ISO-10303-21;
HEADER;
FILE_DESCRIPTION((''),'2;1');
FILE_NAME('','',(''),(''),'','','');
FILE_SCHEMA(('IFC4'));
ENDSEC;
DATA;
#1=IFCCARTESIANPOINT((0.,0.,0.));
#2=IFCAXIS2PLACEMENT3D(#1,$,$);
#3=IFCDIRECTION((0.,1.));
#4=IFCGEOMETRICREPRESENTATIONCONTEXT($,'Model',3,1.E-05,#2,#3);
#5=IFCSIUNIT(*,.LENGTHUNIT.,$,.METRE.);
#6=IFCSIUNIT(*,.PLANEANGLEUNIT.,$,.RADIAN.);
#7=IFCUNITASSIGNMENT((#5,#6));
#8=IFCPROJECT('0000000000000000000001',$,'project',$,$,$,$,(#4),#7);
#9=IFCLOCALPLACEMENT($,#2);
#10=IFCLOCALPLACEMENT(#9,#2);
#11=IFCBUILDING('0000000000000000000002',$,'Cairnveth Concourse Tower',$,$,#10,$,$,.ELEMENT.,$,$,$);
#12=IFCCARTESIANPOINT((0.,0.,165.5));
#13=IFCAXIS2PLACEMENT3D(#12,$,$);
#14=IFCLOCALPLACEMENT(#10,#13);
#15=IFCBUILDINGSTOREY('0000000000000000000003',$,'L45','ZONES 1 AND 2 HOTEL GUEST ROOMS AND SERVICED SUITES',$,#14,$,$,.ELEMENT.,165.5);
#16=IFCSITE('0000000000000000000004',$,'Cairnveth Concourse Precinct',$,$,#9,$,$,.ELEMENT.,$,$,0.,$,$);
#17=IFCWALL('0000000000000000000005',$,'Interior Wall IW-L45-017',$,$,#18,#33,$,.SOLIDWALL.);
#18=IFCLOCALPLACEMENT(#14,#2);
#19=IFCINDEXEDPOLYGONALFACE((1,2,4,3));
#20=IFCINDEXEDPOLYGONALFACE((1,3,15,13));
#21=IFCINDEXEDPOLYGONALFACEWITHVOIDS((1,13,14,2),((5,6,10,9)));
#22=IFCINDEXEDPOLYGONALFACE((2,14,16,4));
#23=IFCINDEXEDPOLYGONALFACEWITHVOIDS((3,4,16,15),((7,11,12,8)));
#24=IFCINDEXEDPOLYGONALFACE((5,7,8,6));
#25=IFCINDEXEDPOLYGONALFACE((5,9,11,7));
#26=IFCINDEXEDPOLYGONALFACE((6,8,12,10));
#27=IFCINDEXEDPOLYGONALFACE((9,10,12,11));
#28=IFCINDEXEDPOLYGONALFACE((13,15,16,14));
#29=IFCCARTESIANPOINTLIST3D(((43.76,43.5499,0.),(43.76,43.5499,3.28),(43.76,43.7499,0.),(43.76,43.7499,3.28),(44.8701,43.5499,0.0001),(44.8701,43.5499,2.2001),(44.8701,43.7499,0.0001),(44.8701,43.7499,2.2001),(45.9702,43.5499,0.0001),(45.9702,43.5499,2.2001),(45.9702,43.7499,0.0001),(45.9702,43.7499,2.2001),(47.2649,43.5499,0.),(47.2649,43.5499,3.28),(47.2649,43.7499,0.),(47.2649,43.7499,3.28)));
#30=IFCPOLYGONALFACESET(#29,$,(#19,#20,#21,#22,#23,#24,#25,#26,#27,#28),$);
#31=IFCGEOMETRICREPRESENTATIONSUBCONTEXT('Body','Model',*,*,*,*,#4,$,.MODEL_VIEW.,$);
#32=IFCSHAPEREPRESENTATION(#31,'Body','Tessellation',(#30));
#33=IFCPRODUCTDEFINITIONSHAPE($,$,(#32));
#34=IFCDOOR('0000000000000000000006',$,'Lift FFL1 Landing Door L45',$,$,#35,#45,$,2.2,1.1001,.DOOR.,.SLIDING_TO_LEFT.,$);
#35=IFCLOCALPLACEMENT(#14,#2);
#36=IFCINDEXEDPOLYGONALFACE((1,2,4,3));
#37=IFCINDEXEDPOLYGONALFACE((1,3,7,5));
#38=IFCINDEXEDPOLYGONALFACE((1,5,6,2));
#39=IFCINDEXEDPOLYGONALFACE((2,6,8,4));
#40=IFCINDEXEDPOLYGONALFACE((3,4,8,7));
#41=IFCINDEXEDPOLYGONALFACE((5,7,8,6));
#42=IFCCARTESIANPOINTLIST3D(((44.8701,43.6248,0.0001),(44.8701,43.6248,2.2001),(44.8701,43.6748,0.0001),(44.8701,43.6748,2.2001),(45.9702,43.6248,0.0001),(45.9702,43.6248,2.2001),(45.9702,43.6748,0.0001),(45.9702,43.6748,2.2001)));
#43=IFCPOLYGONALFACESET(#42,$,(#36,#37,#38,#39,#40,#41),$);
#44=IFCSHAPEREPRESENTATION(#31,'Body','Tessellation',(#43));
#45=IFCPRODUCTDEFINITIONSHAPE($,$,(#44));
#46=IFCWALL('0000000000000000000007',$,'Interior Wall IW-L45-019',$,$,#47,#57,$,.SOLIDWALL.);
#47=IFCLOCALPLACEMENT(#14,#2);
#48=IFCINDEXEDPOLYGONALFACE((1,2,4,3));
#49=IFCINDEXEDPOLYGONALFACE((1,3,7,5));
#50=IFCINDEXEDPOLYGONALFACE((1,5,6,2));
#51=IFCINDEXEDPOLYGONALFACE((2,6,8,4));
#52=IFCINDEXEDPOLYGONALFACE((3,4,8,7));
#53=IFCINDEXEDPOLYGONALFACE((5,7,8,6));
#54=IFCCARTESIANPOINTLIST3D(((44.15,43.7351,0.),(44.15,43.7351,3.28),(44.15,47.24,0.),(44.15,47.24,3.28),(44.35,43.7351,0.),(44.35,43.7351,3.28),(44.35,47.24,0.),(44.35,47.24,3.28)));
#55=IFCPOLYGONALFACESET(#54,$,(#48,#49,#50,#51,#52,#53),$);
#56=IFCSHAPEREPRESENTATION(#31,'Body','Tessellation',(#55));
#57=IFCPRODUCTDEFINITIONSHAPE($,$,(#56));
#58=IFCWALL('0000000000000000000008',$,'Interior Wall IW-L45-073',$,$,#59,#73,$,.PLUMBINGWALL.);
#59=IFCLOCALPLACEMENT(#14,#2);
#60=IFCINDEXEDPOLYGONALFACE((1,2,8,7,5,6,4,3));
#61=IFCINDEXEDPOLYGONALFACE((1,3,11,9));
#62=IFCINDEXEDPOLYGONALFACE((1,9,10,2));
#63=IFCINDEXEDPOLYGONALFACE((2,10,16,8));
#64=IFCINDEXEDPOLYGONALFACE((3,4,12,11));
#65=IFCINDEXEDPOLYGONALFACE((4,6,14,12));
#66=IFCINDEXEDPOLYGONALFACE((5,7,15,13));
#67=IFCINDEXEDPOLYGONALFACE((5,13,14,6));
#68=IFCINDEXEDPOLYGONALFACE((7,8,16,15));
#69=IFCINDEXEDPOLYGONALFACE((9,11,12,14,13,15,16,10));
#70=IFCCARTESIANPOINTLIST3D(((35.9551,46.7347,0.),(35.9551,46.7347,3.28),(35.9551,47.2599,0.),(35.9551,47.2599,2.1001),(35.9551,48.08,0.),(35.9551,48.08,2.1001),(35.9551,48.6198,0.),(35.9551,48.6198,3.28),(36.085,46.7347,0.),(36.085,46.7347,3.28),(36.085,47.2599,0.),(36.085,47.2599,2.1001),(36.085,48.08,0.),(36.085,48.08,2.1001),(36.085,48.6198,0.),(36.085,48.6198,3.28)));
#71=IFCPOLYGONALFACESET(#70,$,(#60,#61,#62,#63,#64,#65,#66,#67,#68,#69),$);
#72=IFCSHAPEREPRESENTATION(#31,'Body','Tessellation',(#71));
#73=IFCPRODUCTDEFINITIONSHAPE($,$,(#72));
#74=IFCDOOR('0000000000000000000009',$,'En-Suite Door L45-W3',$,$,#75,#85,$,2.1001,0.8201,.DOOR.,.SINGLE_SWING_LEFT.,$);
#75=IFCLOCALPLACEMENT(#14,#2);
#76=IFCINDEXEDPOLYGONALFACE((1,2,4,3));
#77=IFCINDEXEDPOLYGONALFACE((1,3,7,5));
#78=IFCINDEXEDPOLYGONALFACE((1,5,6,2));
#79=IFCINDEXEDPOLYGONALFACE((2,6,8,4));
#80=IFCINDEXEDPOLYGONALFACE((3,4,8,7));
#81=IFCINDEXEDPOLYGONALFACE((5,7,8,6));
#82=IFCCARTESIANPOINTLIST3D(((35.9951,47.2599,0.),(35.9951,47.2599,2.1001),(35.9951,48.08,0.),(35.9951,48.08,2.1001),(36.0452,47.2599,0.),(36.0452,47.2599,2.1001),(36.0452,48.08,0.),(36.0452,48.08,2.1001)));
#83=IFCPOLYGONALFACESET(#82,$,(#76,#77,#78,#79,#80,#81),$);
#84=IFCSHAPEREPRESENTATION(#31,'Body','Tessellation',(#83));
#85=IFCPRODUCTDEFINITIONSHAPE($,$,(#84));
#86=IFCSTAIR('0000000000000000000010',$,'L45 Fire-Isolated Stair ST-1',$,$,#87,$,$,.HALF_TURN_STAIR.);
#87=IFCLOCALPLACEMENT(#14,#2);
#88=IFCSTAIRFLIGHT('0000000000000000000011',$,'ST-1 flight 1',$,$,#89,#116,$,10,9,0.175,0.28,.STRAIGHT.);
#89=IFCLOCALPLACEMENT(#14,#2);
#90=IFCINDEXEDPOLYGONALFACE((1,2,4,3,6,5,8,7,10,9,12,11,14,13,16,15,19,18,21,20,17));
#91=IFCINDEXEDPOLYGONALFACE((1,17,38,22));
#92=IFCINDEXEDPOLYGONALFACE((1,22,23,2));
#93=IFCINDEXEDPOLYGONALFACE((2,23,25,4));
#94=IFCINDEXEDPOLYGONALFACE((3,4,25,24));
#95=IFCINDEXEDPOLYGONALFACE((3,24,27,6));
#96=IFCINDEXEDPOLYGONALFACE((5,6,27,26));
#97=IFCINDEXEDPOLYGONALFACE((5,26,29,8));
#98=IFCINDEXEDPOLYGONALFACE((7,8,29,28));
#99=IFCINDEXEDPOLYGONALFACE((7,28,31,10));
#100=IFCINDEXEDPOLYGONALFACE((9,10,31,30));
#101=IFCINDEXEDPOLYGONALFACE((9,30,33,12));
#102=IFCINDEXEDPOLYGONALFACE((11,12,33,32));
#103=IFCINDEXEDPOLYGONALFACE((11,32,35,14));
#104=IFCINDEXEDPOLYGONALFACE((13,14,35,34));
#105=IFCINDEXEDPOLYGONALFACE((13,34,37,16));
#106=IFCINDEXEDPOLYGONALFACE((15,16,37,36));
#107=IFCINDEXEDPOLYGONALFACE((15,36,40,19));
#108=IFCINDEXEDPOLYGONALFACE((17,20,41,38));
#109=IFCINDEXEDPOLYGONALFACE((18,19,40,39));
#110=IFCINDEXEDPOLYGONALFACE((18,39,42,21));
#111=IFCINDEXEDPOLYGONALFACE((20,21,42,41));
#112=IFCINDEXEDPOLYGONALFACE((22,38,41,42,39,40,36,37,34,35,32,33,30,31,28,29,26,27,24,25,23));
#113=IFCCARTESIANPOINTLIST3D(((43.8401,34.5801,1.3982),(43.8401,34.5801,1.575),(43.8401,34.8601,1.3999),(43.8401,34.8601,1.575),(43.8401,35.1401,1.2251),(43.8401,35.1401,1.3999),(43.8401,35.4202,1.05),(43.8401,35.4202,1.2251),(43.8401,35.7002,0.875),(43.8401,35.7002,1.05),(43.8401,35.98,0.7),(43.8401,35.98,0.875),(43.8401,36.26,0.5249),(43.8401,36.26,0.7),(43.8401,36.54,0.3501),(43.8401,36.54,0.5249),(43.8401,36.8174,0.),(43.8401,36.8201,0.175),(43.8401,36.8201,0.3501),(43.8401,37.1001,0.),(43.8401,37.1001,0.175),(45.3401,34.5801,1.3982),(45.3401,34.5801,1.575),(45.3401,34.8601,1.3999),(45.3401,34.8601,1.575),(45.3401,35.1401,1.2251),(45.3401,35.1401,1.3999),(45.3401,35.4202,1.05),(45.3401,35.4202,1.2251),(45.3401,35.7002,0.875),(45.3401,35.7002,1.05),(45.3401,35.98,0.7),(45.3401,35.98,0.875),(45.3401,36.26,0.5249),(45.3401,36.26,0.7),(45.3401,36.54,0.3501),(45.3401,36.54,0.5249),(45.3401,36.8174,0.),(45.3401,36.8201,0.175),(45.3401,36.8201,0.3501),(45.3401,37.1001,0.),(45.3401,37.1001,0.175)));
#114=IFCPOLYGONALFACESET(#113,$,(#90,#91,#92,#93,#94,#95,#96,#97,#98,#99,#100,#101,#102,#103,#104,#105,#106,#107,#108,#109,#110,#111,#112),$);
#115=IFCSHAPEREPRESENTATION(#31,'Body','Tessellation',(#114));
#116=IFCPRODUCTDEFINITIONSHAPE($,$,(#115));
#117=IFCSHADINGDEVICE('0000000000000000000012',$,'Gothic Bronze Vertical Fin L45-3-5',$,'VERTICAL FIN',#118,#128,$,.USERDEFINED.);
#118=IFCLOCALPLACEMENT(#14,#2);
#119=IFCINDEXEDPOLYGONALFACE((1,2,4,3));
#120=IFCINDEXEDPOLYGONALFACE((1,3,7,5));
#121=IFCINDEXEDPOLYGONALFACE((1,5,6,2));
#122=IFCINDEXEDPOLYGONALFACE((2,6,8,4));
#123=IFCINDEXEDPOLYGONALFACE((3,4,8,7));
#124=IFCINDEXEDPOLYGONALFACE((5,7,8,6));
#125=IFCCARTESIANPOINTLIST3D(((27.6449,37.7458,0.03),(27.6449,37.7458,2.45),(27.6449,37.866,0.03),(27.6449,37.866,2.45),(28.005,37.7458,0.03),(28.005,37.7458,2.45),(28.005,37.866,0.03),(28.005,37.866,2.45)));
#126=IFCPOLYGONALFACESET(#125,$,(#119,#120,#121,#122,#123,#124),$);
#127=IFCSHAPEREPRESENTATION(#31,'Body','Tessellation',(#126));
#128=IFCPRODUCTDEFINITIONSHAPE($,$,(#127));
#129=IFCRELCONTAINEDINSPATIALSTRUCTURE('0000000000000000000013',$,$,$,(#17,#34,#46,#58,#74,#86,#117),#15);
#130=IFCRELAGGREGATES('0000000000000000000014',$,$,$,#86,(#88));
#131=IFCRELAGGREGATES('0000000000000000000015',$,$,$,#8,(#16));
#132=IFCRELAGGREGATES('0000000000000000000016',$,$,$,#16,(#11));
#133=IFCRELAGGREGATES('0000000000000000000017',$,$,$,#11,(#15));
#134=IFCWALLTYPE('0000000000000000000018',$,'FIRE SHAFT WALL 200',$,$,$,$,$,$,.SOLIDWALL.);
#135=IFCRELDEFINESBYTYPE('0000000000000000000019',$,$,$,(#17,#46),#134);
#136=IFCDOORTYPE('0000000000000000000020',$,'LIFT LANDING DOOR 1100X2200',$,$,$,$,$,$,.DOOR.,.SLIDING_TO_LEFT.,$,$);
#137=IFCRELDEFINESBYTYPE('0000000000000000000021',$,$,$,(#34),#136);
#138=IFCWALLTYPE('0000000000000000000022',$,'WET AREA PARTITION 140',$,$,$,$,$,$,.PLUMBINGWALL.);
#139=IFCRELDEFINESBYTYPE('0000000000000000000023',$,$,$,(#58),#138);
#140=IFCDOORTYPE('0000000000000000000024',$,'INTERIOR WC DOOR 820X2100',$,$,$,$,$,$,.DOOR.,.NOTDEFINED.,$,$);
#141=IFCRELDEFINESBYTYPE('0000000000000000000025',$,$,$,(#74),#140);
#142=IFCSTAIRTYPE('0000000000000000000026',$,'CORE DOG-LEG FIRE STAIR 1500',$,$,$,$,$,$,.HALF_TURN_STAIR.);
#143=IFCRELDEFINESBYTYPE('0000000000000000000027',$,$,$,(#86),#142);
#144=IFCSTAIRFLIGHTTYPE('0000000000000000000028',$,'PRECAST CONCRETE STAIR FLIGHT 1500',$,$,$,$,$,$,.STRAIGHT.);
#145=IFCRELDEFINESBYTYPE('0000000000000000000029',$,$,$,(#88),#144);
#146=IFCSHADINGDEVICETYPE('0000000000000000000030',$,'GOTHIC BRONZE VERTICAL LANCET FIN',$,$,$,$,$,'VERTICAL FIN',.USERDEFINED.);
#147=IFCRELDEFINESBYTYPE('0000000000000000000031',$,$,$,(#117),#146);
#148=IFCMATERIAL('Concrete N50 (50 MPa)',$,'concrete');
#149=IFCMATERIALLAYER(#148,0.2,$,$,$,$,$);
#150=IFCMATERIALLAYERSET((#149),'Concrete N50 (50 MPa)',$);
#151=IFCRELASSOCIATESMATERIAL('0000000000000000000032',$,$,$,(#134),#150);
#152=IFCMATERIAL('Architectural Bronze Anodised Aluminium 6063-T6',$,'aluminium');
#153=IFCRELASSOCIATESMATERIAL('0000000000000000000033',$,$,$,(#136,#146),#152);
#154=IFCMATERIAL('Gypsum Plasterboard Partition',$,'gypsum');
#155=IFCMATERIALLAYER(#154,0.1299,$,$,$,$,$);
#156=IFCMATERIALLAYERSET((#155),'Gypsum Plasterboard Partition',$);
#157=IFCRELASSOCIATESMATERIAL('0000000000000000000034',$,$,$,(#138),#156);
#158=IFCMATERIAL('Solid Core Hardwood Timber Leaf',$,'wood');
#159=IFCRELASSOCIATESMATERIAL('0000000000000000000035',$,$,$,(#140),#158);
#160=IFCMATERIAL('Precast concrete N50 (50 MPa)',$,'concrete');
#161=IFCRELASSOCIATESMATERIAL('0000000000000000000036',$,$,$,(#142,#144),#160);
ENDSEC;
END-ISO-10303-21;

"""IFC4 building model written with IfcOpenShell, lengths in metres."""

from ifc_helpers import new_model, si_unit, direction, frame, frame_2d, origin, origin_2d, place, context, subcontext, project, spatial, polyline, rectangle, outline, extrude, material, layer, layer_set, type_object, element, fill, aggregate, save


model = new_model("IFC4")

# Units and contexts
model_context = context("Model", 3, precision=1e-05, world=origin(), true_north=direction((0.0, 1.0)))
body_context = subcontext(model_context, "Body", "Model", "MODEL_VIEW")
ifc_project = project(units=[si_unit("LENGTHUNIT", "METRE"), si_unit("PLANEANGLEUNIT", "RADIAN")], contexts=[model_context])

# Site, building, storey
site_placement = place(None, origin())
site = spatial("IfcSite", under=ifc_project, at=site_placement, Name="Cairnveth Concourse Precinct", CompositionType="ELEMENT", RefElevation=0.0)
building_placement = place(site_placement, origin())
building = spatial("IfcBuilding", under=site, at=building_placement, Name="Cairnveth Concourse Tower", CompositionType="ELEMENT")
storey_placement = place(building_placement, frame((0.0, 0.0, 165.5)))
storey = spatial("IfcBuildingStorey", under=building, at=storey_placement, Name="L45", Description="ZONES 1 AND 2 HOTEL GUEST ROOMS AND SERVICED SUITES", CompositionType="ELEMENT", Elevation=165.5)

# Shared definitions
ifc_material_1 = material(Name="Gypsum Plasterboard Partition", Category="gypsum")

# Wall, opening, door
ifc_material_2 = material(Name="Concrete N50 (50 MPa)", Category="concrete")
ifc_layer_1 = layer(ifc_material_2, 0.2)
ifc_layer_set_1 = layer_set([ifc_layer_1], Name="Concrete N50 (50 MPa)")
wall_type_1 = type_object("IfcWallType", Name="FIRE SHAFT WALL 200", PredefinedType="SOLIDWALL", material=ifc_layer_set_1)
wall_1_placement = place(storey_placement, frame((43.76, 43.6499, 0.0), z_axis=(0.0, 0.0, 1.0), x_axis=(1.0, 0.0, 0.0)))
wall_1 = element("IfcWall", 1, at=wall_1_placement, inside=storey, type_object=wall_type_1, Name="Interior Wall IW-L45-017", PredefinedType="SOLIDWALL", context=body_context, shape_type="SweptSolid", body=[
    extrude(rectangle(XDim=3.5049, YDim=0.2, at=frame_2d((1.7524, 0.0))), origin(), (0.0, 0.0, 1.0), 3.28),
])
opening_1_placement = place(wall_1_placement, frame((1.1101, 0.0, 0.0)))
opening_1 = element("IfcOpeningElement", 2, at=opening_1_placement, cuts=wall_1, PredefinedType="OPENING", context=body_context, shape_type="SweptSolid", body=[
    extrude(rectangle(XDim=1.1001, YDim=2.2, at=frame_2d((0.55, 1.1001))), frame((0.0, 0.1099, 0.0), z_axis=(0.0, -1.0, 0.0), x_axis=(1.0, 0.0, 0.0)), (0.0, 0.0, 1.0), 0.22),
])
ifc_material_3 = material(Name="Architectural Bronze Anodised Aluminium 6063-T6", Category="aluminium")
door_type_1 = type_object("IfcDoorType", Name="LIFT LANDING DOOR 1100X2200", OperationType="SLIDING_TO_LEFT", PredefinedType="DOOR", material=ifc_material_3)
door_1_placement = place(opening_1_placement, origin())
door_1 = element("IfcDoor", 3, at=door_1_placement, inside=storey, type_object=door_type_1, Name="Lift FFL1 Landing Door L45", OperationType="SLIDING_TO_LEFT", OverallHeight=2.2, OverallWidth=1.1001, PredefinedType="DOOR", context=body_context, shape_type="SweptSolid", body=[
    extrude(rectangle(XDim=1.1001, YDim=2.2, at=frame_2d((0.55, 1.1001))), frame((0.0, 0.0249, 0.0), z_axis=(0.0, -1.0, 0.0), x_axis=(1.0, 0.0, 0.0)), (0.0, 0.0, 1.0), 0.05),
])
fill(opening_1, door_1)

# Wall
wall_2_placement = place(storey_placement, frame((44.25, 43.7351, 0.0), z_axis=(0.0, 0.0, 1.0), x_axis=(0.0, 1.0, 0.0)))
element("IfcWall", 4, at=wall_2_placement, inside=storey, type_object=wall_type_1, Name="Interior Wall IW-L45-019", PredefinedType="SOLIDWALL", context=body_context, shape_type="SweptSolid", body=[
    extrude(rectangle(XDim=3.5049, YDim=0.2, at=frame_2d((1.7524, 0.0))), origin(), (0.0, 0.0, 1.0), 3.28),
])

# Wall, opening, door
ifc_layer_2 = layer(ifc_material_1, 0.1299)
ifc_layer_set_2 = layer_set([ifc_layer_2], Name="Gypsum Plasterboard Partition")
wall_type_2 = type_object("IfcWallType", Name="WET AREA PARTITION 140", PredefinedType="PLUMBINGWALL", material=ifc_layer_set_2)
wall_3_placement = place(storey_placement, frame((36.02, 46.7349, 0.0), z_axis=(0.0, 0.0, 1.0), x_axis=(0.0, 1.0, 0.0)))
wall_3 = element("IfcWall", 5, at=wall_3_placement, inside=storey, type_object=wall_type_2, Name="Interior Wall IW-L45-073", PredefinedType="PLUMBINGWALL", context=body_context, shape_type="SweptSolid", body=[
    extrude(rectangle(XDim=1.885, YDim=0.1299, at=frame_2d((0.9424, 0.0))), origin(), (0.0, 0.0, 1.0), 3.28),
])
opening_2_placement = place(wall_3_placement, frame((0.5249, 0.0, 0.0)))
opening_2 = element("IfcOpeningElement", 6, at=opening_2_placement, cuts=wall_3, PredefinedType="OPENING", context=body_context, shape_type="SweptSolid", body=[
    extrude(rectangle(XDim=0.8201, YDim=2.1001, at=frame_2d((0.4102, 1.05))), frame((0.0, 0.075, 0.0), z_axis=(0.0, -1.0, 0.0), x_axis=(1.0, 0.0, 0.0)), (0.0, 0.0, 1.0), 0.1499),
])
ifc_material_4 = material(Name="Solid Core Hardwood Timber Leaf", Category="wood")
door_type_2 = type_object("IfcDoorType", Name="INTERIOR WC DOOR 820X2100", OperationType="NOTDEFINED", PredefinedType="DOOR", material=ifc_material_4)
door_2_placement = place(opening_2_placement, origin())
door_2 = element("IfcDoor", 7, at=door_2_placement, inside=storey, type_object=door_type_2, Name="En-Suite Door L45-W3", OperationType="SINGLE_SWING_LEFT", OverallHeight=2.1001, OverallWidth=0.8201, PredefinedType="DOOR", context=body_context, shape_type="SweptSolid", body=[
    extrude(rectangle(XDim=0.8201, YDim=2.1001, at=frame_2d((0.4102, 1.05))), frame((0.0, 0.0249, 0.0), z_axis=(0.0, -1.0, 0.0), x_axis=(1.0, 0.0, 0.0)), (0.0, 0.0, 1.0), 0.05),
])
fill(opening_2, door_2)

# Stair, stair flight
ifc_material_5 = material(Name="Precast concrete N50 (50 MPa)", Category="concrete")
stair_type = type_object("IfcStairType", Name="CORE DOG-LEG FIRE STAIR 1500", PredefinedType="HALF_TURN_STAIR", material=ifc_material_5)
stair_placement = place(storey_placement, origin())
stair = element("IfcStair", 8, at=stair_placement, inside=storey, type_object=stair_type, Name="L45 Fire-Isolated Stair ST-1", PredefinedType="HALF_TURN_STAIR")
stair_flight_type = type_object("IfcStairFlightType", Name="PRECAST CONCRETE STAIR FLIGHT 1500", PredefinedType="STRAIGHT", material=ifc_material_5)
stair_flight_placement = place(storey_placement, frame((44.5901, 37.1001, 0.0), z_axis=(0.0, 0.0, 1.0), x_axis=(0.0, -1.0, 0.0)))
stair_flight = element("IfcStairFlight", 9, at=stair_flight_placement, type_object=stair_flight_type, Name="ST-1 flight 1", NumberOfRisers=10, NumberOfTreads=9, PredefinedType="STRAIGHT", RiserHeight=0.175, TreadLength=0.28, context=body_context, shape_type="SweptSolid", body=[
    extrude(outline(polyline([(0.0, 0.0), (0.0, 0.175), (0.28, 0.175), (0.28, 0.3501), (0.5601, 0.3501), (0.5601, 0.5249), (0.8401, 0.5249), (0.8401, 0.7), (1.1201, 0.7), (1.1201, 0.875), (1.3999, 0.875), (1.3999, 1.05), (1.6799, 1.05), (1.6799, 1.2251), (1.96, 1.2251), (1.96, 1.3999), (2.24, 1.3999), (2.24, 1.575), (2.52, 1.575), (2.52, 1.75), (2.52, 1.3982), (0.2827, 0.0), (0.0, 0.0)])), frame((0.0, 0.75, 0.0), z_axis=(0.0, -1.0, 0.0), x_axis=(1.0, 0.0, 0.0)), (0.0, 0.0, 1.0), 1.5),
])
aggregate(stair, [stair_flight])

# Shading device
shading_device_type = type_object("IfcShadingDeviceType", Name="GOTHIC BRONZE VERTICAL LANCET FIN", ElementType="VERTICAL FIN", PredefinedType="USERDEFINED", material=ifc_material_3)
shading_device_placement = place(storey_placement, frame((27.825, 37.8059, 0.03), z_axis=(0.0, 0.0, 1.0), x_axis=(0.0, 1.0, 0.0)))
element("IfcShadingDevice", 10, at=shading_device_placement, inside=storey, type_object=shading_device_type, Name="Gothic Bronze Vertical Fin L45-3-5", ObjectType="VERTICAL FIN", PredefinedType="USERDEFINED", context=body_context, shape_type="SweptSolid", body=[
    extrude(rectangle(XDim=0.1201, YDim=0.3601, at=origin_2d()), origin(), (0.0, 0.0, 1.0), 2.4199),
])

save(model, "model.ifc")
